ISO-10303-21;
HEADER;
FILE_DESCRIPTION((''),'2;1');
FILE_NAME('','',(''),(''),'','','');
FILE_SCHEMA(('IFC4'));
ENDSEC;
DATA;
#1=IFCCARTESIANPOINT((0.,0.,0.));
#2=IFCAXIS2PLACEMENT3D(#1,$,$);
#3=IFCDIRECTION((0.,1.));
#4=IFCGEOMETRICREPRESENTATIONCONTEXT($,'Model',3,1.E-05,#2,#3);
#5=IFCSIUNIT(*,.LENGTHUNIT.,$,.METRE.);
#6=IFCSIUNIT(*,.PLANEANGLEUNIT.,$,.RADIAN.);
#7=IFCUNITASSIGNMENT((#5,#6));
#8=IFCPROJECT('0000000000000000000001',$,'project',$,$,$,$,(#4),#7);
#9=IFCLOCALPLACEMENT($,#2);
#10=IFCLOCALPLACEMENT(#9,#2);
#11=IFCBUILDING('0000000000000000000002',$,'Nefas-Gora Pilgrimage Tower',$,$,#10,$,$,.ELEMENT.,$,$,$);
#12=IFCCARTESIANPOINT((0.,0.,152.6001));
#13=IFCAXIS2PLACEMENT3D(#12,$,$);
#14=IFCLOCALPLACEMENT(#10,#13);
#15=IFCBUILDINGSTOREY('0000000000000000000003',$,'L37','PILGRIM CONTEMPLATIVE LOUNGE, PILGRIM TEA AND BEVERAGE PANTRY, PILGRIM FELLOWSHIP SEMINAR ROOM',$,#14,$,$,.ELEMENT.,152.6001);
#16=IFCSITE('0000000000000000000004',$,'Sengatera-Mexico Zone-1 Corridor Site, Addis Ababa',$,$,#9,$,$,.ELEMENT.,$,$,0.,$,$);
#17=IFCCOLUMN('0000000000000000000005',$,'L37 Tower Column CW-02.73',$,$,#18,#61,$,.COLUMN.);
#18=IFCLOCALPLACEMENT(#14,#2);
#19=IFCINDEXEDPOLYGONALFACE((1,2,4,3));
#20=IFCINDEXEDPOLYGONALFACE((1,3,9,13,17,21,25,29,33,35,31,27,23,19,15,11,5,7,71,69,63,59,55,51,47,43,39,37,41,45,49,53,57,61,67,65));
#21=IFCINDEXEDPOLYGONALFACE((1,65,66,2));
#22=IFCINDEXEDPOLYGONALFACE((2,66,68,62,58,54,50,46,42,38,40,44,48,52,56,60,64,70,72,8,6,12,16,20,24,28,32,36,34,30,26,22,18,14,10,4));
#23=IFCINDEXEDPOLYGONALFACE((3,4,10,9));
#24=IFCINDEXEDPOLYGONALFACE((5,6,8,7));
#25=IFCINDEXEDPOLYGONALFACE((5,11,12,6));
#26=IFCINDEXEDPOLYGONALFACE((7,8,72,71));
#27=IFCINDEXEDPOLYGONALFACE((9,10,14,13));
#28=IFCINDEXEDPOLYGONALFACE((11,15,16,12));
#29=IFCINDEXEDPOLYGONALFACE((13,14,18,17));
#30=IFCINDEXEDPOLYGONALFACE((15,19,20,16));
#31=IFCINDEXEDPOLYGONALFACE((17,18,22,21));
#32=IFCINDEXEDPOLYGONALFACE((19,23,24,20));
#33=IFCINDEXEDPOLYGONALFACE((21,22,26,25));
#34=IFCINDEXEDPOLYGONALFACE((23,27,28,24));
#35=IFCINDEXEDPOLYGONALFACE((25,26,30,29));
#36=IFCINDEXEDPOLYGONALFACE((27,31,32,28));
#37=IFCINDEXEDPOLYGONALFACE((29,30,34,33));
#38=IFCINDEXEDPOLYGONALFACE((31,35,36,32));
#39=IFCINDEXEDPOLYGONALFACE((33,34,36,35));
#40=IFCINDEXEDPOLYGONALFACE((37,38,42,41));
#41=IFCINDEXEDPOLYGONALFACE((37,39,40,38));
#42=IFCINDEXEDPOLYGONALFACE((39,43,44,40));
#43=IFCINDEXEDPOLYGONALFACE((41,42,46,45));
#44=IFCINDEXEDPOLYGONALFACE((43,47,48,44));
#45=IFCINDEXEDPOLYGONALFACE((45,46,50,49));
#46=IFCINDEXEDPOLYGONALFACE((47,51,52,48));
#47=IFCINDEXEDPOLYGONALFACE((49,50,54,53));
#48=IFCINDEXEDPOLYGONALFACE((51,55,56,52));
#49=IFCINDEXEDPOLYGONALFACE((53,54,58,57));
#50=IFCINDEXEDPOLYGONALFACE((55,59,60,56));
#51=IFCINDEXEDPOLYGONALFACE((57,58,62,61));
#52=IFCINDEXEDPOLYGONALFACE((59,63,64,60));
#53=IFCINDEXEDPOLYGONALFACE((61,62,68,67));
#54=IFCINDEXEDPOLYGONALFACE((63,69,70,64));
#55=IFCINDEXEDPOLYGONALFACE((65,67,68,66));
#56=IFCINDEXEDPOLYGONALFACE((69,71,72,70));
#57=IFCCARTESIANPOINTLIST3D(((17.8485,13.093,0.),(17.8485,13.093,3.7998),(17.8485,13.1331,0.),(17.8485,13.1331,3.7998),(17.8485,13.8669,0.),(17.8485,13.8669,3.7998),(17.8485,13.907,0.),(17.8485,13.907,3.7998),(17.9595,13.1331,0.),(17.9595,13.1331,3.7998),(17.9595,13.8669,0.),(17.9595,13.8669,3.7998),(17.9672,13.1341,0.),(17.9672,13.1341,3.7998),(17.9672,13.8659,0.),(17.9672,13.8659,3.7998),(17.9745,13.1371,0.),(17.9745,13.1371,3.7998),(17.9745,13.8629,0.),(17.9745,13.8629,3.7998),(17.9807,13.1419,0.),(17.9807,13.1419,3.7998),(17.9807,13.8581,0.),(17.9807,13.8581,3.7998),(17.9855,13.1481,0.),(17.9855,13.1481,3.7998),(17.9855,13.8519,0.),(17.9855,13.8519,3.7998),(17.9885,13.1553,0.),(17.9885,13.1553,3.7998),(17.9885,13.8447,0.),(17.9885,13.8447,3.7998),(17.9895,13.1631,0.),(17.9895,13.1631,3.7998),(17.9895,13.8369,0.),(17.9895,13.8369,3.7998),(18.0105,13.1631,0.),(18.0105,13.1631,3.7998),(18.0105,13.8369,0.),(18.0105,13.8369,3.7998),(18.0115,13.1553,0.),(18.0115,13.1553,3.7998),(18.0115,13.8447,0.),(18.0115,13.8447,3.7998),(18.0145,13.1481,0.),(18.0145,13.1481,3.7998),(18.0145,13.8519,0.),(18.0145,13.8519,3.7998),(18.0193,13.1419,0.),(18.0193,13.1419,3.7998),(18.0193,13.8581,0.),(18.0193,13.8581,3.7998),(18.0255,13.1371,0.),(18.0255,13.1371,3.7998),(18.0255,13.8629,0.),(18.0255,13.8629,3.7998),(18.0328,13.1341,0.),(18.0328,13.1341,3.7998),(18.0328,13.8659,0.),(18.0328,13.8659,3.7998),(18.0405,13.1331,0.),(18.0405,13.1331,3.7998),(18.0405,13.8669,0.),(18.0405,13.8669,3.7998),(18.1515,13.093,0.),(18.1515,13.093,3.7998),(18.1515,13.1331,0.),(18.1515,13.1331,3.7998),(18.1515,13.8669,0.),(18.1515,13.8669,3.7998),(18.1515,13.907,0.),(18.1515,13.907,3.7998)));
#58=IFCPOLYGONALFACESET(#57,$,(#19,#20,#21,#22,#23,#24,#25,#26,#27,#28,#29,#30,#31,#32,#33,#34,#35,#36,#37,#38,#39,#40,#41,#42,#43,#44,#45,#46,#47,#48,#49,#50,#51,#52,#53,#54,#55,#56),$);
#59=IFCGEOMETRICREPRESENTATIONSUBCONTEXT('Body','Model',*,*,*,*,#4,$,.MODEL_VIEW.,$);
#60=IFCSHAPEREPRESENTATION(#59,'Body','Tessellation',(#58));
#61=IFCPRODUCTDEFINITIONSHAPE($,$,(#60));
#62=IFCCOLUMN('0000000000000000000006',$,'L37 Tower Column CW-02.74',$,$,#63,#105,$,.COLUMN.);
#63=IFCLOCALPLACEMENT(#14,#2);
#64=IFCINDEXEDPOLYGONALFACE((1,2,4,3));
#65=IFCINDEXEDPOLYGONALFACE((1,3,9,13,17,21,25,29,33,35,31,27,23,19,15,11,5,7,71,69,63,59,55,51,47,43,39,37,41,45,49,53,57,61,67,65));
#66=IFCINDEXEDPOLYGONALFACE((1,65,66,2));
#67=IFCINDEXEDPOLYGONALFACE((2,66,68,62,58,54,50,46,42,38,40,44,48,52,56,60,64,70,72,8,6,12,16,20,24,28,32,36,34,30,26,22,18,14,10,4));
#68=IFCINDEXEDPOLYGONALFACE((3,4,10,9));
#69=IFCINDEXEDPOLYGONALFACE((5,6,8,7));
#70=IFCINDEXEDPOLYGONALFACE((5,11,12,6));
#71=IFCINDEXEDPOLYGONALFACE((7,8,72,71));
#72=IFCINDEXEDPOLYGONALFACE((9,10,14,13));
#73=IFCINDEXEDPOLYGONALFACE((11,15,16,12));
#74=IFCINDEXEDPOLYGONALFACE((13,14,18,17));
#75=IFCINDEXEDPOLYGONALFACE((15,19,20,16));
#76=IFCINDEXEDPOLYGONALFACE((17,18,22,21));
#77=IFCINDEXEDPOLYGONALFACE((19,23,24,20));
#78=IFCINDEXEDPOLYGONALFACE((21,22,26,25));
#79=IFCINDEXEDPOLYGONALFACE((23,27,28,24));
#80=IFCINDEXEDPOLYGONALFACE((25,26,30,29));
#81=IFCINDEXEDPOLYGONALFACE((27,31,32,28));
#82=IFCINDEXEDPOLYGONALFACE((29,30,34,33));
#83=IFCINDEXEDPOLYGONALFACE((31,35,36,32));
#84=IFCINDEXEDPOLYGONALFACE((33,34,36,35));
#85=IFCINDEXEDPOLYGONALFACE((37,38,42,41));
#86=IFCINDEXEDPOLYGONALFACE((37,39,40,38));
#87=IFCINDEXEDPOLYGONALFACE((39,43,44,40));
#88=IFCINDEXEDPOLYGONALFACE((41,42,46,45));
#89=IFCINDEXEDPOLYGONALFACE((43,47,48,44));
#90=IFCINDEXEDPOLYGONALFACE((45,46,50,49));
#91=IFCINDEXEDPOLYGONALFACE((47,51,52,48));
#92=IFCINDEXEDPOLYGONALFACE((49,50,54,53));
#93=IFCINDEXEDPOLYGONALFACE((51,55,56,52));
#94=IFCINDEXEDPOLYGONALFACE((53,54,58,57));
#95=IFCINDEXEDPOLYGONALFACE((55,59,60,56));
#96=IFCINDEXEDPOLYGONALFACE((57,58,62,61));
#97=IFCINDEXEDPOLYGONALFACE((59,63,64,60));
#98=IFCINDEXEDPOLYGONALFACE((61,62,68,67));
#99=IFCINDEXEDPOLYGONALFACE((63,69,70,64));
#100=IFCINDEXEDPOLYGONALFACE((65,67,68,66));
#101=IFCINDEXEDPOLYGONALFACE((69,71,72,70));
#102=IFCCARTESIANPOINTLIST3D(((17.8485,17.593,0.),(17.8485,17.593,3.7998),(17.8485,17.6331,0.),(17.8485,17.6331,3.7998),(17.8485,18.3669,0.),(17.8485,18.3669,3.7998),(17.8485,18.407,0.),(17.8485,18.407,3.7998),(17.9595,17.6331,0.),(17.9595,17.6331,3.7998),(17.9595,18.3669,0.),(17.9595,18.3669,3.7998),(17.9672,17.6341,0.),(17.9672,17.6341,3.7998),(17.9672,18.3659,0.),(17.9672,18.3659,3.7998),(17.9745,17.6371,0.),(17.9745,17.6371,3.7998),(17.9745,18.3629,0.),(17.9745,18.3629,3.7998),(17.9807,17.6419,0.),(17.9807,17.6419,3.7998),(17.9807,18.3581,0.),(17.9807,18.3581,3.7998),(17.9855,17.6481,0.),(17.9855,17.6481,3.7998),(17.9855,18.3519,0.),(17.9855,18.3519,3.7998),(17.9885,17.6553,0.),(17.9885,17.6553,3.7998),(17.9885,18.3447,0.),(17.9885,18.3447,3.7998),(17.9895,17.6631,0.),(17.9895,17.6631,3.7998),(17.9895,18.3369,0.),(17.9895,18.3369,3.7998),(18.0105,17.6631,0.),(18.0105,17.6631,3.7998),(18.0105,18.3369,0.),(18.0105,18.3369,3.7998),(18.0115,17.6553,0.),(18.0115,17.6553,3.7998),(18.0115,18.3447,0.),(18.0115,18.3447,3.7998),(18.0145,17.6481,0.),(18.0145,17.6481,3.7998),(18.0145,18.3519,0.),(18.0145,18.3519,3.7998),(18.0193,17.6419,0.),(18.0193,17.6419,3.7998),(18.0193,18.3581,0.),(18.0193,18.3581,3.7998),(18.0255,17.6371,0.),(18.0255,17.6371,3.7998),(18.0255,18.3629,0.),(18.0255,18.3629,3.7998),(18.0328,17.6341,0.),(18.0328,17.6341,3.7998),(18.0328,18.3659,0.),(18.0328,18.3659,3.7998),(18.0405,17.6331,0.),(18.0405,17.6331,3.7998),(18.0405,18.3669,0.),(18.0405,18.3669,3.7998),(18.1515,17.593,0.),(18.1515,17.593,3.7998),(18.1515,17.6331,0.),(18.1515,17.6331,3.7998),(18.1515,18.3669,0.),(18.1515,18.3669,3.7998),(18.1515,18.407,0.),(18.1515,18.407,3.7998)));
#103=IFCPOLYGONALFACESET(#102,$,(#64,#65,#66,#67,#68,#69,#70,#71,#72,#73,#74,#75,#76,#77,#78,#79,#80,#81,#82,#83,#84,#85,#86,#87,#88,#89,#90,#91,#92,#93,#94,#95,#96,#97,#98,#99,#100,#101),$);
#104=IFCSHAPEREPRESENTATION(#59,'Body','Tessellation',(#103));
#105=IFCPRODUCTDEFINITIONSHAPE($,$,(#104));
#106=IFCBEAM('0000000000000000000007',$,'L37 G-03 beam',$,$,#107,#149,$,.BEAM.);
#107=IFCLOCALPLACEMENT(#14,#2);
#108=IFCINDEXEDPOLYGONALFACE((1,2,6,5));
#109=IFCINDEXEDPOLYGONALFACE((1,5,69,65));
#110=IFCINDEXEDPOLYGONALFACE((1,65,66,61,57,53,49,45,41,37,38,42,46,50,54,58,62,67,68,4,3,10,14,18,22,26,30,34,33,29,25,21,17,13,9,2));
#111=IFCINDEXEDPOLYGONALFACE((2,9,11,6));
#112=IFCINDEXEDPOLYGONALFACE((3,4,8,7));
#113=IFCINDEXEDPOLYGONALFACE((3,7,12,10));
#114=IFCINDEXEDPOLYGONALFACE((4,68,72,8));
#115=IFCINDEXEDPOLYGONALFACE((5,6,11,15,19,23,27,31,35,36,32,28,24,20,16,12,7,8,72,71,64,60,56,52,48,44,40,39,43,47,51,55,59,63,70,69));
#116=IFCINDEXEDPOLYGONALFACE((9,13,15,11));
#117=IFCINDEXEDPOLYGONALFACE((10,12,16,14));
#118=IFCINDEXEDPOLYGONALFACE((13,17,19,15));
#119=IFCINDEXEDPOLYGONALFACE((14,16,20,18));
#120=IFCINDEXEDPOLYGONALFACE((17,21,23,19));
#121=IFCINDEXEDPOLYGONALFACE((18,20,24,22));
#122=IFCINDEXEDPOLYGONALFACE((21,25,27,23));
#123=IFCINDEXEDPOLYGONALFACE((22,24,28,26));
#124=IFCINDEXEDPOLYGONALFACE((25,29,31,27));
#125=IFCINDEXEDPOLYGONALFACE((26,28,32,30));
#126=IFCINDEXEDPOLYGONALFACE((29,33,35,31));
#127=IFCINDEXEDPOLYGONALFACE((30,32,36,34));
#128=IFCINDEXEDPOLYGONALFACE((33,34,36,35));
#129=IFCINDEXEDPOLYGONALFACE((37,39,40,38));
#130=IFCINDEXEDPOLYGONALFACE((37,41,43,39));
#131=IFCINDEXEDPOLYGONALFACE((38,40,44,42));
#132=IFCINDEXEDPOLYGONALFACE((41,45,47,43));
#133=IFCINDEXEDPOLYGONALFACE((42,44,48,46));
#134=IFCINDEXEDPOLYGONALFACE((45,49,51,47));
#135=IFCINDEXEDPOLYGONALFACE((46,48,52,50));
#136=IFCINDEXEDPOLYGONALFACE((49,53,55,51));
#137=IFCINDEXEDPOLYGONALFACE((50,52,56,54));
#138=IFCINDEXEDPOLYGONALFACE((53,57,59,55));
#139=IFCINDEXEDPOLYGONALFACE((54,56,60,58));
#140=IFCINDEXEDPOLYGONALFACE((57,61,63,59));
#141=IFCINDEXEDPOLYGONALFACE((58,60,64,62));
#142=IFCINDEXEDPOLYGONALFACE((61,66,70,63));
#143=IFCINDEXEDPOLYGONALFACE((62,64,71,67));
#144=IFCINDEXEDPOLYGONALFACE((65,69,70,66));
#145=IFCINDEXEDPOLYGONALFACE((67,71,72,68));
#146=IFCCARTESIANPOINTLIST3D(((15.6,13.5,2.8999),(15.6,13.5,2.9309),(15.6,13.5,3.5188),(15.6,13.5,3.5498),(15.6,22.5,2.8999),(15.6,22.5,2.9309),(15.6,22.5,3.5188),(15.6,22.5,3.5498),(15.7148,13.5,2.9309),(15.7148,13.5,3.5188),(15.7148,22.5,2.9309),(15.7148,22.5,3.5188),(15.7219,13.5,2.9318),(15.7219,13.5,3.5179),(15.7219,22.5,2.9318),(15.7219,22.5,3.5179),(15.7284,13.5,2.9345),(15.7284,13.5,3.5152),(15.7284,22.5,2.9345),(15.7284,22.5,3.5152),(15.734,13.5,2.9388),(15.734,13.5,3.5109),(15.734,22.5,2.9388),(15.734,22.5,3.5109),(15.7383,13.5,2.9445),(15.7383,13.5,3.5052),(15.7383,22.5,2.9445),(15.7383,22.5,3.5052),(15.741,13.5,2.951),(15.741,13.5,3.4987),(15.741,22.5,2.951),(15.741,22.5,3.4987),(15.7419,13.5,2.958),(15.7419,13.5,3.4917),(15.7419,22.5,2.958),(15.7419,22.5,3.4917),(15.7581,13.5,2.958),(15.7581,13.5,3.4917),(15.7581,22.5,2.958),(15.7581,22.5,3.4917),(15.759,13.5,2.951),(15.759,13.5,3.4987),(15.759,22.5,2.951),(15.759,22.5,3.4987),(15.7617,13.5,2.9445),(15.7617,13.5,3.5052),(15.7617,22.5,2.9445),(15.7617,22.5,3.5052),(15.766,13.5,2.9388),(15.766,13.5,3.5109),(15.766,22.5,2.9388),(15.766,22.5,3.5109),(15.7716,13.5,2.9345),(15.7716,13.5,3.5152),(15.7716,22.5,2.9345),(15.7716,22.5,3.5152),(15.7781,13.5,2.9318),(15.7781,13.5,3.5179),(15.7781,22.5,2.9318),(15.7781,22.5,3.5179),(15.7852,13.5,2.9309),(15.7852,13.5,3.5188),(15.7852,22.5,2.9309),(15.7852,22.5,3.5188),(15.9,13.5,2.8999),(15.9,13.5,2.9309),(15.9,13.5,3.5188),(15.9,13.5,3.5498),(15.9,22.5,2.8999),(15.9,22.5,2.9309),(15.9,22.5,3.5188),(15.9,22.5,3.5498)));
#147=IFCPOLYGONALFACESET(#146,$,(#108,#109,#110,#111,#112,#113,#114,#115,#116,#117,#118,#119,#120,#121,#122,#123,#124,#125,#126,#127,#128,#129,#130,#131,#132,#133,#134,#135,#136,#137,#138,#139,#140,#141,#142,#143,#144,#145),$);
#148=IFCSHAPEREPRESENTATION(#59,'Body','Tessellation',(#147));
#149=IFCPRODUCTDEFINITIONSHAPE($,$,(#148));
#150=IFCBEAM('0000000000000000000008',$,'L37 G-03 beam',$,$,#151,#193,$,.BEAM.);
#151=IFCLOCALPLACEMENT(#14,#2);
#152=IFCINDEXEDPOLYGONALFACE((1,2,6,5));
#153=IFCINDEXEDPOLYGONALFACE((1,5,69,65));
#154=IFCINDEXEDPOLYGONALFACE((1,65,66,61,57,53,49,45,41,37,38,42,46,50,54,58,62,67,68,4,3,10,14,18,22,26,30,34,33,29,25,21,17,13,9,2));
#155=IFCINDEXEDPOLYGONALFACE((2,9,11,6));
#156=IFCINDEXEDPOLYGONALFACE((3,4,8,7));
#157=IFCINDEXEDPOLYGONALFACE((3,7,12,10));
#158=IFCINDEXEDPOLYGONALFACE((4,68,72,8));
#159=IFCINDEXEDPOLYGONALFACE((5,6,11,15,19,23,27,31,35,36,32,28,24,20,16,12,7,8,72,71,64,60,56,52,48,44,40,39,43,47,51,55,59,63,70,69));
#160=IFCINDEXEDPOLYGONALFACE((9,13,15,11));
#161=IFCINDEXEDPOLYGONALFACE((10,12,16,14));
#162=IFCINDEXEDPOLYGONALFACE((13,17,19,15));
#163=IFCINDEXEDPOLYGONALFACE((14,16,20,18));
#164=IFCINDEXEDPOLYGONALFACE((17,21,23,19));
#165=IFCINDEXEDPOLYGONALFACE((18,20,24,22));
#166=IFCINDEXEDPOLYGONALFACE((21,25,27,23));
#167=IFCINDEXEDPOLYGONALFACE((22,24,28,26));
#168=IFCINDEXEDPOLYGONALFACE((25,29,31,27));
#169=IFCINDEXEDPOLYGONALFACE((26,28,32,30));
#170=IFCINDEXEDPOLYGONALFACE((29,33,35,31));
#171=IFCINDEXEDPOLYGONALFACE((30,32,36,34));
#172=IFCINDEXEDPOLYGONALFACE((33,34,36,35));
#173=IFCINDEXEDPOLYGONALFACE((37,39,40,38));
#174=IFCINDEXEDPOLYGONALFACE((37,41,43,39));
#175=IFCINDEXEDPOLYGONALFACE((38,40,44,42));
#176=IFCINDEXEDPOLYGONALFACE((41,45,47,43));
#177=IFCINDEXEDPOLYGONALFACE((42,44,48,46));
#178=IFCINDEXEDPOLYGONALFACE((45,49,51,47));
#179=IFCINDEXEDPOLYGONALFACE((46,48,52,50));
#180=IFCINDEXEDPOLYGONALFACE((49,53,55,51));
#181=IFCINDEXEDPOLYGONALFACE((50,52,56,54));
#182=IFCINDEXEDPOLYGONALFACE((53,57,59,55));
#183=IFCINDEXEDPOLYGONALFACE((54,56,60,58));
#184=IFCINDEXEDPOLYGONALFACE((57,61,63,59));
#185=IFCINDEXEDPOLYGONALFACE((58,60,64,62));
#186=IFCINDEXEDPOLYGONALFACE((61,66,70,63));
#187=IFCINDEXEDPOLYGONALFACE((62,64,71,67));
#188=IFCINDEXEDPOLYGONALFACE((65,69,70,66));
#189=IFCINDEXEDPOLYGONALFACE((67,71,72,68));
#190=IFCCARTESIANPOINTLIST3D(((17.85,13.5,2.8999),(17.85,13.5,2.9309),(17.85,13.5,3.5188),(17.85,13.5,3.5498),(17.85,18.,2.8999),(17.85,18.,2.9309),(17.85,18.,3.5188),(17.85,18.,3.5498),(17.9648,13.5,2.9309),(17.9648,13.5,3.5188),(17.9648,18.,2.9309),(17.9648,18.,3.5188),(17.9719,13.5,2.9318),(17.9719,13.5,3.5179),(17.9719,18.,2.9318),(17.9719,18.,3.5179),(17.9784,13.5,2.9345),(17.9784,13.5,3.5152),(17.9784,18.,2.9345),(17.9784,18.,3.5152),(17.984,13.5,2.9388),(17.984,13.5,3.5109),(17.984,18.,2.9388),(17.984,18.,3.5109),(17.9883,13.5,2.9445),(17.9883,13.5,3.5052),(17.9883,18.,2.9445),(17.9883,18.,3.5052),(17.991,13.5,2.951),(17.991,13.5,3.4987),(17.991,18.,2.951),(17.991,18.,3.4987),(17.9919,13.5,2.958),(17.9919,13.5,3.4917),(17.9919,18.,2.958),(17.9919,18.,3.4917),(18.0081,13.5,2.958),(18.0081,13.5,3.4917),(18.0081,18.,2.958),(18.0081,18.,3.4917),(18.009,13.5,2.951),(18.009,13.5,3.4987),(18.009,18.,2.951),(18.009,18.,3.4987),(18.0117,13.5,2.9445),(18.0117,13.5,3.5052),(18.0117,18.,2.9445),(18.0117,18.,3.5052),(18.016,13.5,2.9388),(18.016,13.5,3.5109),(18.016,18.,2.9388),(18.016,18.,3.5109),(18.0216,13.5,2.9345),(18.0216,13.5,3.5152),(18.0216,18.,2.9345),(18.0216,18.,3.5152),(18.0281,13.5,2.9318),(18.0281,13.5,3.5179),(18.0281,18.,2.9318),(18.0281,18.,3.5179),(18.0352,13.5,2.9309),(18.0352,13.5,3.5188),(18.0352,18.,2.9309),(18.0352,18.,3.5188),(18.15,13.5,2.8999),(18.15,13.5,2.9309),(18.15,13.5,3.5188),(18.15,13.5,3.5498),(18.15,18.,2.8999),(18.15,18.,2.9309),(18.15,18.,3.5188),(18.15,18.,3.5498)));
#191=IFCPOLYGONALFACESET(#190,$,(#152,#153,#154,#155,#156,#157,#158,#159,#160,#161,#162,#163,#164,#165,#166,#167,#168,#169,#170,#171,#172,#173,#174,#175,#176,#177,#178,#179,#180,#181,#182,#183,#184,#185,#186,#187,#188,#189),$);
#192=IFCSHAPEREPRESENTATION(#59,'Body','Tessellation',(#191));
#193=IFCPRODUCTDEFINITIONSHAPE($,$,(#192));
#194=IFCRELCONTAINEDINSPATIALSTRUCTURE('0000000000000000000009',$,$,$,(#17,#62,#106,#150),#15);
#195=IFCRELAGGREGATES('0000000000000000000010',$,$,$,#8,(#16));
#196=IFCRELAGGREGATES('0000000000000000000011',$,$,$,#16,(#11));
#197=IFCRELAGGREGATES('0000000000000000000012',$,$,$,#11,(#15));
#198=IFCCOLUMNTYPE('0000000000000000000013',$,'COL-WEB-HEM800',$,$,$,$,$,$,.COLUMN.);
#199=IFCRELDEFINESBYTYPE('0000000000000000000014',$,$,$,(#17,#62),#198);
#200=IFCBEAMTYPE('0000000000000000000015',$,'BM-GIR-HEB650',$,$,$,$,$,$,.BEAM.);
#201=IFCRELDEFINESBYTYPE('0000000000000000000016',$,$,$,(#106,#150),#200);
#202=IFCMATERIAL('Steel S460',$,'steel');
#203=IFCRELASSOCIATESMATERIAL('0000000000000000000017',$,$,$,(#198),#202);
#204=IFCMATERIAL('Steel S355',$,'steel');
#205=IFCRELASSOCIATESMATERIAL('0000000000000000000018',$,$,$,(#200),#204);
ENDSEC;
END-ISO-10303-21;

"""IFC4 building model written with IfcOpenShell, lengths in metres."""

from ifc_helpers import new_model, si_unit, direction, frame, origin, origin_2d, place, context, subcontext, project, spatial, i_section, extrude, source, transform, mapped, material, material_profile, profile_set, type_object, element, save


model = new_model("IFC4")

# Units and contexts
model_context = context("Model", 3, precision=1e-05, world=origin(), true_north=direction((0.0, 1.0)))
body_context = subcontext(model_context, "Body", "Model", "MODEL_VIEW")
ifc_project = project(units=[si_unit("LENGTHUNIT", "METRE"), si_unit("PLANEANGLEUNIT", "RADIAN")], contexts=[model_context])

# Site, building, storey
site_placement = place(None, origin())
site = spatial("IfcSite", under=ifc_project, at=site_placement, Name="Sengatera-Mexico Zone-1 Corridor Site, Addis Ababa", CompositionType="ELEMENT", RefElevation=0.0)
building_placement = place(site_placement, origin())
building = spatial("IfcBuilding", under=site, at=building_placement, Name="Nefas-Gora Pilgrimage Tower", CompositionType="ELEMENT")
storey_placement = place(building_placement, frame((0.0, 0.0, 152.6001)))
storey = spatial("IfcBuildingStorey", under=building, at=storey_placement, Name="L37", Description="PILGRIM CONTEMPLATIVE LOUNGE, PILGRIM TEA AND BEVERAGE PANTRY, PILGRIM FELLOWSHIP SEMINAR ROOM", CompositionType="ELEMENT", Elevation=152.6001)

# Columns
ifc_material_1 = material(Name="Steel S460", Category="steel")
ifc_material_profile_1 = material_profile(ifc_material_1, i_section(OverallWidth=0.303, OverallDepth=0.814, WebThickness=0.021, FlangeThickness=0.04, FilletRadius=0.03, at=origin_2d()), Name="HEM 800")
ifc_profile_set_1 = profile_set([ifc_material_profile_1], Name="Steel S460")
column_type_1 = type_object("IfcColumnType", Name="COL-WEB-HEM800", PredefinedType="COLUMN", material=ifc_profile_set_1)
shared_shape_1 = source(origin(), body_context, "Body", "SweptSolid", [
    extrude(i_section(OverallWidth=0.303, OverallDepth=0.814, WebThickness=0.021, FlangeThickness=0.04, FilletRadius=0.03, at=origin_2d()), origin(), (0.0, 0.0, 1.0), 3.7998),
])
for number, where, z_axis, x_axis, name in (
    (1, (18.0, 13.5, 0.0), (0.0, 0.0, 1.0), (1.0, 0.0, 0.0), "L37 Tower Column CW-02.73"),
    (2, (18.0, 18.0, 0.0), (0.0, 0.0, 1.0), (1.0, 0.0, 0.0), "L37 Tower Column CW-02.74"),
):
    element("IfcColumn", number, at=place(storey_placement, frame(where, z_axis=z_axis, x_axis=x_axis)), inside=storey, type_object=column_type_1, Name=name, PredefinedType="COLUMN", context=body_context, shape_type="MappedRepresentation", body=[
        mapped(shared_shape_1, transform((0.0, 0.0, 0.0), x_axis=(1.0, 0.0, 0.0), y_axis=(0.0, 1.0, 0.0), z_axis=(0.0, 0.0, 1.0), scale=1.0)),
    ])

# Beams
ifc_material_2 = material(Name="Steel S355", Category="steel")
ifc_material_profile_2 = material_profile(ifc_material_2, i_section(OverallWidth=0.3, OverallDepth=0.6499, WebThickness=0.0161, FlangeThickness=0.031, FilletRadius=0.0271, at=origin_2d()), Name="HEB 650")
ifc_profile_set_2 = profile_set([ifc_material_profile_2], Name="Steel S355")
beam_type_1 = type_object("IfcBeamType", Name="BM-GIR-HEB650", PredefinedType="BEAM", material=ifc_profile_set_2)
shared_shape_2 = source(origin(), body_context, "Body", "SweptSolid", [
    extrude(i_section(OverallWidth=0.3, OverallDepth=0.6499, WebThickness=0.0161, FlangeThickness=0.031, FilletRadius=0.0271, at=origin_2d()), origin(), (0.0, 0.0, 1.0), 9.0),
])
beam_1_placement = place(storey_placement, frame((15.75, 13.5, 3.2249), z_axis=(0.0, 1.0, 0.0), x_axis=(-1.0, 0.0, 0.0)))
element("IfcBeam", 3, at=beam_1_placement, inside=storey, type_object=beam_type_1, Name="L37 G-03 beam", PredefinedType="BEAM", context=body_context, shape_type="MappedRepresentation", body=[
    mapped(shared_shape_2, transform((0.0, 0.0, 0.0), x_axis=(1.0, 0.0, 0.0), y_axis=(0.0, 1.0, 0.0), z_axis=(0.0, 0.0, 1.0), scale=1.0)),
])
shared_shape_3 = source(origin(), body_context, "Body", "SweptSolid", [
    extrude(i_section(OverallWidth=0.3, OverallDepth=0.6499, WebThickness=0.0161, FlangeThickness=0.031, FilletRadius=0.0271, at=origin_2d()), origin(), (0.0, 0.0, 1.0), 4.5),
])
for number, where, z_axis, x_axis, name in (
    (4, (18.0, 13.5, 3.2249), (0.0, 1.0, 0.0), (-1.0, 0.0, 0.0), "L37 G-03 beam"),
):
    element("IfcBeam", number, at=place(storey_placement, frame(where, z_axis=z_axis, x_axis=x_axis)), inside=storey, type_object=beam_type_1, Name=name, PredefinedType="BEAM", context=body_context, shape_type="MappedRepresentation", body=[
        mapped(shared_shape_3, transform((0.0, 0.0, 0.0), x_axis=(1.0, 0.0, 0.0), y_axis=(0.0, 1.0, 0.0), z_axis=(0.0, 0.0, 1.0), scale=1.0)),
    ])

save(model, "model.ifc")
